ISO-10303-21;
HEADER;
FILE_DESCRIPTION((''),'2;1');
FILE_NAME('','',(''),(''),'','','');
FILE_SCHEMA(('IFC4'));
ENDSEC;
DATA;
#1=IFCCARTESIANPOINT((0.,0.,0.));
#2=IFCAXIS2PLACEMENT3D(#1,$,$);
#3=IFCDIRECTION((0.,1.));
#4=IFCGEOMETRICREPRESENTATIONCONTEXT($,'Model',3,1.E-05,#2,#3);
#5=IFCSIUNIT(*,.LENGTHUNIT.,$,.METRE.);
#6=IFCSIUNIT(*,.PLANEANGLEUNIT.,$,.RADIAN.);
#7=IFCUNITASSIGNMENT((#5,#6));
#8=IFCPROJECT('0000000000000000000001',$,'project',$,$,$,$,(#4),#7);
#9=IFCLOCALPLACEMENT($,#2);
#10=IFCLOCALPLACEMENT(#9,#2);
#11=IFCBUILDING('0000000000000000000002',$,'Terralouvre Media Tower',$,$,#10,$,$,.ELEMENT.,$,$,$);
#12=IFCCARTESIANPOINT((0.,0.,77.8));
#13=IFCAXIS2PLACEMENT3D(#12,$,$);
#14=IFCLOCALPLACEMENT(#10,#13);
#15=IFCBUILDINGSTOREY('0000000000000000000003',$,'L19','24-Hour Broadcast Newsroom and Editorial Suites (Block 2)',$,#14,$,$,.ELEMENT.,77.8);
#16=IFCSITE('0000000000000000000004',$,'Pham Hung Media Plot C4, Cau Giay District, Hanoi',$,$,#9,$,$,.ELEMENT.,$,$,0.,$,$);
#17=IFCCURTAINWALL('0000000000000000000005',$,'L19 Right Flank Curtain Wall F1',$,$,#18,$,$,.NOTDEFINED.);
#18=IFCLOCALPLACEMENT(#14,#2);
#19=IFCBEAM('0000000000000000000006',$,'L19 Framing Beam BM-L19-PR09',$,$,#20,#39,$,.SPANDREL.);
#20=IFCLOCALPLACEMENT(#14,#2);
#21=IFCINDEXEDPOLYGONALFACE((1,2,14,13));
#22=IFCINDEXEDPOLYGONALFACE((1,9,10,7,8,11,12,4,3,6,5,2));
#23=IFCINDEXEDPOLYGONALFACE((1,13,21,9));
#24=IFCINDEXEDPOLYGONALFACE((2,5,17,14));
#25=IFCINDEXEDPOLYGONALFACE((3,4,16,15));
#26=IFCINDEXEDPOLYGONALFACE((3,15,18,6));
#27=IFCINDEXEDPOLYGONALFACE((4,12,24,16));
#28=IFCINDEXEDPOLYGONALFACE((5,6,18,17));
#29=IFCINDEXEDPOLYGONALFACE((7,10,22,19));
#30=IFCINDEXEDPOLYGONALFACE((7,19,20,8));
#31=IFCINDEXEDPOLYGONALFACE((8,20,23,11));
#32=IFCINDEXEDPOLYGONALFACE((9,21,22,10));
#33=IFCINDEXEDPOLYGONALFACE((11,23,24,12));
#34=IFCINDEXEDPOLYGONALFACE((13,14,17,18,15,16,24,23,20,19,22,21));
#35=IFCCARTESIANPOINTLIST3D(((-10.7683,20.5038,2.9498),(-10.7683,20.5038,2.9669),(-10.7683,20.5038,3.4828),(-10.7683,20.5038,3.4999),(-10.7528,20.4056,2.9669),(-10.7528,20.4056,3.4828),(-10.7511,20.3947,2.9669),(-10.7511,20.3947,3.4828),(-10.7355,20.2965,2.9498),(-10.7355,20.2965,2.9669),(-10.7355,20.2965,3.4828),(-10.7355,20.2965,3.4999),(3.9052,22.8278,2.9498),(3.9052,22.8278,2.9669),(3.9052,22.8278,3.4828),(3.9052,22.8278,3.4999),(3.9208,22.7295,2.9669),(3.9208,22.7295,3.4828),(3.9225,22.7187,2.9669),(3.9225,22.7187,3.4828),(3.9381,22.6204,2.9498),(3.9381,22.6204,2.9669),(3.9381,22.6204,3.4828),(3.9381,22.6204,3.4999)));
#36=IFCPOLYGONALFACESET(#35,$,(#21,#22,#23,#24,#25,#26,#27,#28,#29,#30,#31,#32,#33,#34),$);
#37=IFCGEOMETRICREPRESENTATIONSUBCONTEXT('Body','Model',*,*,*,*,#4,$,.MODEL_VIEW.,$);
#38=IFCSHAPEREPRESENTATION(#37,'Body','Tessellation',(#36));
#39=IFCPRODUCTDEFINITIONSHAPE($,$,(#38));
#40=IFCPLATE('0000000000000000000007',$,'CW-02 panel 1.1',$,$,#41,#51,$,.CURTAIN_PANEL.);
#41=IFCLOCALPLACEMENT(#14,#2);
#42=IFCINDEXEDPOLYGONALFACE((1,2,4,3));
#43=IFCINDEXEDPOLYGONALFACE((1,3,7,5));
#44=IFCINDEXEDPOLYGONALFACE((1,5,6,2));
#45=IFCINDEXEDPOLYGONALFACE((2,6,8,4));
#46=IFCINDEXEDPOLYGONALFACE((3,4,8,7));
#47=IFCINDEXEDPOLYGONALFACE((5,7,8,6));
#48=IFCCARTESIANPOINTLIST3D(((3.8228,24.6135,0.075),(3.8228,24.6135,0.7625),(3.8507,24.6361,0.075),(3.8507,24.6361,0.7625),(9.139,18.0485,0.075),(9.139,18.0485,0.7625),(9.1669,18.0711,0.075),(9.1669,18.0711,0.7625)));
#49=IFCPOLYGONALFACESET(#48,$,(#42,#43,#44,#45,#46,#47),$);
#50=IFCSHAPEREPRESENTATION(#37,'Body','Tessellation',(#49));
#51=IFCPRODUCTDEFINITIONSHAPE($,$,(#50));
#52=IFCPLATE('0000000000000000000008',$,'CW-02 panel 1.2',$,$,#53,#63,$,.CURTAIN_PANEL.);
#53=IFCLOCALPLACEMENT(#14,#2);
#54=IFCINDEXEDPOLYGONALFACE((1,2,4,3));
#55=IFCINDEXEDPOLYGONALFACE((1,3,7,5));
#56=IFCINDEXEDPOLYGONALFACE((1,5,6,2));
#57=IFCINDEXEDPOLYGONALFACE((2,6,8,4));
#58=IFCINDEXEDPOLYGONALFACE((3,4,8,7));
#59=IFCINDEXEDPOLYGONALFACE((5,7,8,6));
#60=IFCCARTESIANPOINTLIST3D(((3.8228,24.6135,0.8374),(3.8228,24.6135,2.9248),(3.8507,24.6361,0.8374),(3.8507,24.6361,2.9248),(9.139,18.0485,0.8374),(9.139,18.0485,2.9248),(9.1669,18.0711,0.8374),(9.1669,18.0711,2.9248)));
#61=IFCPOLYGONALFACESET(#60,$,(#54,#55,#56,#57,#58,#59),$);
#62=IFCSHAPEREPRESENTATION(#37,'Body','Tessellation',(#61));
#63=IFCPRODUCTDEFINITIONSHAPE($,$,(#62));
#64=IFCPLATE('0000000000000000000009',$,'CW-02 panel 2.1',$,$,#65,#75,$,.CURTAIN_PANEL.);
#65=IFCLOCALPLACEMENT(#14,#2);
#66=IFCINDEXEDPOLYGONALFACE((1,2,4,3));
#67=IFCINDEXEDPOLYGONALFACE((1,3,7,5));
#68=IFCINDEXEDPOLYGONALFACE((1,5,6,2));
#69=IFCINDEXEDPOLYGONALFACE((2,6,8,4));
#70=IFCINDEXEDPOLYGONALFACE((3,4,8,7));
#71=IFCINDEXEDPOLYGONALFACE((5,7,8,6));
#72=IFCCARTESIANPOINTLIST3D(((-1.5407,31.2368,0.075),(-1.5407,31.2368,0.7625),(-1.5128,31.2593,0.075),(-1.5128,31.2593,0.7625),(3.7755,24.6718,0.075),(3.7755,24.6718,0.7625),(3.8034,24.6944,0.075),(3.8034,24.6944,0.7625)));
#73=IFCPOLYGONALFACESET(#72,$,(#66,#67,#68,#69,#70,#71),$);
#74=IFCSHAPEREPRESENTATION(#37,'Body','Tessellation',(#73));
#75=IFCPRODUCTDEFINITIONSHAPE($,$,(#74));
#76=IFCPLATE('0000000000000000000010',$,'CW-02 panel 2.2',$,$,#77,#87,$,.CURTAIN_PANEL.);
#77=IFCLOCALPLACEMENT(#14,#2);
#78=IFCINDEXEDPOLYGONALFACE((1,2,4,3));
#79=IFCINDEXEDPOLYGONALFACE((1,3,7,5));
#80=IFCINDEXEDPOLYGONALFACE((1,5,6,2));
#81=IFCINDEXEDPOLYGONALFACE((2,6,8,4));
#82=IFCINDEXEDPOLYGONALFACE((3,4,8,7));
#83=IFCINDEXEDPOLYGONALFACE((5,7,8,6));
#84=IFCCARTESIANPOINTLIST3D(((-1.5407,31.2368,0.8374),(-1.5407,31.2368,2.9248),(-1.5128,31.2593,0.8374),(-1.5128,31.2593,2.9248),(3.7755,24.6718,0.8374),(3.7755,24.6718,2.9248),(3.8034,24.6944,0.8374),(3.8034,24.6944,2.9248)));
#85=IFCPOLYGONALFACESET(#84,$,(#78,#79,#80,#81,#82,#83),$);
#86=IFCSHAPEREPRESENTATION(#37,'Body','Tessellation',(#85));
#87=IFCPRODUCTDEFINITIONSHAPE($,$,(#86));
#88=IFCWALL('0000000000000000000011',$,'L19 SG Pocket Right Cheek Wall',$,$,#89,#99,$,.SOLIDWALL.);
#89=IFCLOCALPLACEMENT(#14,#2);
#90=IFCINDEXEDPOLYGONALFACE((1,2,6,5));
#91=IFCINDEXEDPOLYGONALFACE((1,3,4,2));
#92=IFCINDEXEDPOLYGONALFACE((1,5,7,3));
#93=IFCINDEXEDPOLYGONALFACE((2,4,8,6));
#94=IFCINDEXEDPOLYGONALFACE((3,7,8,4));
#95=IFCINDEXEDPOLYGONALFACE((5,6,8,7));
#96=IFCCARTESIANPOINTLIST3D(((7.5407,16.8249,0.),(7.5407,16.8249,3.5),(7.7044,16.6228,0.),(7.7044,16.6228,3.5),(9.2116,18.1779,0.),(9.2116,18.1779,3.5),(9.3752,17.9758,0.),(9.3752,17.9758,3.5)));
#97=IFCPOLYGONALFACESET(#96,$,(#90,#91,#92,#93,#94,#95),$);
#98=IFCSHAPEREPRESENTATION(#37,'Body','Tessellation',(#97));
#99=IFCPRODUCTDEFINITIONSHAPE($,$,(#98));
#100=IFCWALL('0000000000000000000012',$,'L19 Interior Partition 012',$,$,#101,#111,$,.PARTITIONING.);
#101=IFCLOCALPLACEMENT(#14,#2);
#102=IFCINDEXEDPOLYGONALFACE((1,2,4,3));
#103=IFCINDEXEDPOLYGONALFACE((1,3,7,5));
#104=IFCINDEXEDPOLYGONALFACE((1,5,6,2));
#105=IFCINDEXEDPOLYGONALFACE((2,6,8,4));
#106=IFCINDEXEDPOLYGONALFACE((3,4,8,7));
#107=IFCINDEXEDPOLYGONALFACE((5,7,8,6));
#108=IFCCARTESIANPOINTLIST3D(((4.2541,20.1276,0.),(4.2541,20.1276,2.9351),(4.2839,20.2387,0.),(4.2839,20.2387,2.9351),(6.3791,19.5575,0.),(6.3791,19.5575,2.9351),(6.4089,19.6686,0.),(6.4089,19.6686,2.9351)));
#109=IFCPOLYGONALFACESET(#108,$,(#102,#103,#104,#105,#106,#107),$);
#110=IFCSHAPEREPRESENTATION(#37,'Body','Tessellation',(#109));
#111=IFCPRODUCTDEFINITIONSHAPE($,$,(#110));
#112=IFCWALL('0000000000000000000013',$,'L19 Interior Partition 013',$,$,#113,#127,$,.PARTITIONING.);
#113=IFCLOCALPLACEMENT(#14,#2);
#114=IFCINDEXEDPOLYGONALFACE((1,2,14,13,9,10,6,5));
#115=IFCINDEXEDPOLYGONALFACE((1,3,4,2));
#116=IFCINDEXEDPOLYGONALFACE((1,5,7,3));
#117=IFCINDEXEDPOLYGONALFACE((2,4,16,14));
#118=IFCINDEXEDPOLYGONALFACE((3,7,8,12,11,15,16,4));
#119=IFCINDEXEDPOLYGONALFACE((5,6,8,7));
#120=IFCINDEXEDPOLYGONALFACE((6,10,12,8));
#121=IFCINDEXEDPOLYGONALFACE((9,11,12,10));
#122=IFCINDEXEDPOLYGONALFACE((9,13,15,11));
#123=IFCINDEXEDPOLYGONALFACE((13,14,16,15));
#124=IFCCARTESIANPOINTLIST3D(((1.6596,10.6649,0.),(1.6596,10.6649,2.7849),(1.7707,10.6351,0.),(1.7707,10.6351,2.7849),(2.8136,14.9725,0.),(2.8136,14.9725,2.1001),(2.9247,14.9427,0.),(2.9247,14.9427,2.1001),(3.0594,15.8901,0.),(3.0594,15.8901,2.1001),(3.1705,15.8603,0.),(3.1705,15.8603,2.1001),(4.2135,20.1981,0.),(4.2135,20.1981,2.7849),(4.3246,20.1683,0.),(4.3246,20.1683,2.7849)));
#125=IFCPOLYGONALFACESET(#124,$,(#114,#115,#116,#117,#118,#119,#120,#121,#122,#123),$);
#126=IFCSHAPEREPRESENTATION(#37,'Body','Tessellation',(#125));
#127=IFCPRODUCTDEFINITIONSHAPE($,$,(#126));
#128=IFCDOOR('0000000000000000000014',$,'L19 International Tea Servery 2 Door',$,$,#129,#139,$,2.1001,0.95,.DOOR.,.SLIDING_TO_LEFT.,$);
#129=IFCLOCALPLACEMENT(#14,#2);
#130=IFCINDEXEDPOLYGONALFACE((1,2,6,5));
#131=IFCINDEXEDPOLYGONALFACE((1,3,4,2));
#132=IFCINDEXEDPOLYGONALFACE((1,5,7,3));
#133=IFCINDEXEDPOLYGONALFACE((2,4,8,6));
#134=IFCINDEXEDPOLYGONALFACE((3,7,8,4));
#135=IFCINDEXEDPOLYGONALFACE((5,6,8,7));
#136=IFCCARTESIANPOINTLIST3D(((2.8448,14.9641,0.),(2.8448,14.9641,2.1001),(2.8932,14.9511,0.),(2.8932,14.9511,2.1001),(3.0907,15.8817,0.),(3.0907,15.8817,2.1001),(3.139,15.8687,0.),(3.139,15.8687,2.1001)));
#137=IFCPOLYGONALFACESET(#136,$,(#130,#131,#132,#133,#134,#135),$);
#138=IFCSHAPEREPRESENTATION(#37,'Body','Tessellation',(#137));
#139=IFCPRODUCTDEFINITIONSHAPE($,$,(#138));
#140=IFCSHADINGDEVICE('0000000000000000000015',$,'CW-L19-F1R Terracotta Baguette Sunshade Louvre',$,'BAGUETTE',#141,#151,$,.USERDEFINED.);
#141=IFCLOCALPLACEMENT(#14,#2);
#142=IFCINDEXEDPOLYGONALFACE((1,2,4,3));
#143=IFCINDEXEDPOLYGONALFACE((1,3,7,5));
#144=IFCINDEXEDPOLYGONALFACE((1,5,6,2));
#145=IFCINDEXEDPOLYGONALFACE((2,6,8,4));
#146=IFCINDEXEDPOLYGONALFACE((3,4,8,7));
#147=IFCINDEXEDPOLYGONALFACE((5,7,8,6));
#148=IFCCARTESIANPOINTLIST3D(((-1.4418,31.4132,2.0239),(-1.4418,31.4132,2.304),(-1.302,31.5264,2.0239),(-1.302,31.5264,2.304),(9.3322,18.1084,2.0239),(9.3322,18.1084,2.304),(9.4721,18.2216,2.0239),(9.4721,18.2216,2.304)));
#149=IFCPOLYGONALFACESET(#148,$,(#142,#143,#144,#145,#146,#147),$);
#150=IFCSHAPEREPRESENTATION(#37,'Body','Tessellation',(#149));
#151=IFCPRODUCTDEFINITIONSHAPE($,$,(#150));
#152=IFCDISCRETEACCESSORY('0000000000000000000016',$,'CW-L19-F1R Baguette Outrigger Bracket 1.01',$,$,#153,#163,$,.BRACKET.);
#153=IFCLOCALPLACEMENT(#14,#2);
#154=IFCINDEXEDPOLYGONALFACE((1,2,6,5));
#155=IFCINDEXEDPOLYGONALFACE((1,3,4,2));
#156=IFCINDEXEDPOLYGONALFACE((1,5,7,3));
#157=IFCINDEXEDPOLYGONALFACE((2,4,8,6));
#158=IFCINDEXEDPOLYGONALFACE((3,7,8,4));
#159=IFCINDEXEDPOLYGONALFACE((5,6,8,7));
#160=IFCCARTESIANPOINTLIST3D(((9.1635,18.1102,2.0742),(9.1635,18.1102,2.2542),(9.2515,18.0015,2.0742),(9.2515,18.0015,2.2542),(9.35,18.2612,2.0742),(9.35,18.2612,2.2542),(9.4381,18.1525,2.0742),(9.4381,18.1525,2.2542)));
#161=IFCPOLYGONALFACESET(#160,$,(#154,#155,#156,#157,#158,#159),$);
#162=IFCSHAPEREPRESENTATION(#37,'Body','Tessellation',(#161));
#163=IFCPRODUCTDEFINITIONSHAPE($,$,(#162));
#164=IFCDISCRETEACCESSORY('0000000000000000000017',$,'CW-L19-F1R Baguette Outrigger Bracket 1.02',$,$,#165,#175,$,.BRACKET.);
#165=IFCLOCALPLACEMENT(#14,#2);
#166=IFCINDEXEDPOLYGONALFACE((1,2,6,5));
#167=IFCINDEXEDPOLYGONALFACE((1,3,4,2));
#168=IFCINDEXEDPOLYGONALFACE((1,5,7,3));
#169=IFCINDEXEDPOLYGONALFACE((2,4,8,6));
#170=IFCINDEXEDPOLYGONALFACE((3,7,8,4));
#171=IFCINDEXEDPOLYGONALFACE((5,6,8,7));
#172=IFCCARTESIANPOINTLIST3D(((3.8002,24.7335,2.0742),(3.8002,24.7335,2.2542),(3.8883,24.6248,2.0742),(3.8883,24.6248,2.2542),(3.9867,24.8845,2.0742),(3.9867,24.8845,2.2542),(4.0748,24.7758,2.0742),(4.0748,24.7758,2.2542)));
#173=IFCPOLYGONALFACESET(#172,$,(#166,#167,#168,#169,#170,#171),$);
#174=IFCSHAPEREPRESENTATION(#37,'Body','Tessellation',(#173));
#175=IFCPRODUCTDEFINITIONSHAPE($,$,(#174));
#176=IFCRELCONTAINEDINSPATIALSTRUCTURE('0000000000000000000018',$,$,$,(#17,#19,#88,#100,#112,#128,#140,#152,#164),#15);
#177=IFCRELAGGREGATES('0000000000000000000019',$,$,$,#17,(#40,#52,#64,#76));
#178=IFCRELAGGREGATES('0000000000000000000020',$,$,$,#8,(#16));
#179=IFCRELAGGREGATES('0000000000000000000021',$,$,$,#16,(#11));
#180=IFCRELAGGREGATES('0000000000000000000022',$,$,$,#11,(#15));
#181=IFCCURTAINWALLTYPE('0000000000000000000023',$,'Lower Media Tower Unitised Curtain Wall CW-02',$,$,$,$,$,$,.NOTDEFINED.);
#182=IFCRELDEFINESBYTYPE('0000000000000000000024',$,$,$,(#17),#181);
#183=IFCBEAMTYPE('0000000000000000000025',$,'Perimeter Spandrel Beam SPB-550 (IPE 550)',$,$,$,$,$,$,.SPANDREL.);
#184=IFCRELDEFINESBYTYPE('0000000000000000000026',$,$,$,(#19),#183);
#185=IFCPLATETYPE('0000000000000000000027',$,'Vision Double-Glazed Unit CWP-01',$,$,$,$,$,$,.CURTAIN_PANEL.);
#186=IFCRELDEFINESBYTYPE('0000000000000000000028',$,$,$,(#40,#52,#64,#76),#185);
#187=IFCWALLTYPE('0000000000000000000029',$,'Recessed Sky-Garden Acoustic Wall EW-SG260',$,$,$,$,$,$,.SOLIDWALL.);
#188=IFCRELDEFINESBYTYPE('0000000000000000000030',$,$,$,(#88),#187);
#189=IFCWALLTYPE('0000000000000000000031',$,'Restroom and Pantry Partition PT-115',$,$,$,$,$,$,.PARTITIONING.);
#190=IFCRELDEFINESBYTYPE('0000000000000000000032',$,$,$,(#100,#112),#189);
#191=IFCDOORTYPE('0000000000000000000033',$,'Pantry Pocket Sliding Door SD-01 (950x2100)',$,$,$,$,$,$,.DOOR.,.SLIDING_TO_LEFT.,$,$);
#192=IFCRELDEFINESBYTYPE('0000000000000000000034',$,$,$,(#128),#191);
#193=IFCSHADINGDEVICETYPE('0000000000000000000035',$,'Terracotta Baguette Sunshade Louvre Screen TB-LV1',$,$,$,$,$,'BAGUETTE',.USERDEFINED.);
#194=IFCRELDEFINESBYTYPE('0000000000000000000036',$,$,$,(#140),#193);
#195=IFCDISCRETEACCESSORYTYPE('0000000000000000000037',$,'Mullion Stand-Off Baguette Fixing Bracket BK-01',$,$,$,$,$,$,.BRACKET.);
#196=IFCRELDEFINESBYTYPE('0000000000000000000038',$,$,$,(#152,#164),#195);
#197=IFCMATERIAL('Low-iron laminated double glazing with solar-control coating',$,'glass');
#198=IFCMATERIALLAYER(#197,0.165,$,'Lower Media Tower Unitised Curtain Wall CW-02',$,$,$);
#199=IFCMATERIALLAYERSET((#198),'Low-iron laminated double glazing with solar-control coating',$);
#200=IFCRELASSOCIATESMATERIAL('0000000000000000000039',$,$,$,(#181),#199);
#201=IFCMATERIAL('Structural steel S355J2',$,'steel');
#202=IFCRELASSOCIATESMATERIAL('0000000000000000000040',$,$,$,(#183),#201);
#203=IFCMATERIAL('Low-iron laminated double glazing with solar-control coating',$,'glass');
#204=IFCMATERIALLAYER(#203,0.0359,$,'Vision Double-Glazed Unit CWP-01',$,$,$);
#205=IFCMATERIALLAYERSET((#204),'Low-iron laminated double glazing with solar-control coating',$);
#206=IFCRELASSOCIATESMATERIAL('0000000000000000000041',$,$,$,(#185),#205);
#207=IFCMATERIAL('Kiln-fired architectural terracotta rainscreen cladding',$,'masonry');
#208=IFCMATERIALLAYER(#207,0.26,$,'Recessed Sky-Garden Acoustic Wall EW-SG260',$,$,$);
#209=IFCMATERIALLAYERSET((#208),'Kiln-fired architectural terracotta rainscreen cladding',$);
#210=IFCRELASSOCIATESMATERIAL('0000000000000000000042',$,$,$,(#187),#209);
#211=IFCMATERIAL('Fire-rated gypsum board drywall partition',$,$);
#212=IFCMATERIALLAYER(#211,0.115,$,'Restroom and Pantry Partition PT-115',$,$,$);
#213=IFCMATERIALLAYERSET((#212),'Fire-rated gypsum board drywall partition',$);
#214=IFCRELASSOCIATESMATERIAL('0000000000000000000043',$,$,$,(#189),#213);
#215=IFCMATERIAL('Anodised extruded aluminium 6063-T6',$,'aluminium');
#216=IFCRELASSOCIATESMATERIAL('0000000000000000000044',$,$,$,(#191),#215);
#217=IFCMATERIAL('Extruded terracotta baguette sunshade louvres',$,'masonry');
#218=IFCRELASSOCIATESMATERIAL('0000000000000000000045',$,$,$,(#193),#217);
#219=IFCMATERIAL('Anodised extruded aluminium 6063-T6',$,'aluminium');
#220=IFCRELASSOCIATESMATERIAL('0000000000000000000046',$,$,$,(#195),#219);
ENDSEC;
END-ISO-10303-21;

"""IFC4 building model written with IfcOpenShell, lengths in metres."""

from ifc_helpers import new_model, si_unit, direction, frame, frame_2d, origin, origin_2d, place, context, subcontext, project, spatial, rectangle, i_section, extrude, material, layer, layer_set, material_profile, profile_set, type_object, element, fill, aggregate, save


model = new_model("IFC4")

# Units and contexts
model_context = context("Model", 3, precision=1e-05, world=origin(), true_north=direction((0.0, 1.0)))
body_context = subcontext(model_context, "Body", "Model", "MODEL_VIEW")
ifc_project = project(units=[si_unit("LENGTHUNIT", "METRE"), si_unit("PLANEANGLEUNIT", "RADIAN")], contexts=[model_context])

# Site, building, storey
site_placement = place(None, origin())
site = spatial("IfcSite", under=ifc_project, at=site_placement, Name="Pham Hung Media Plot C4, Cau Giay District, Hanoi", CompositionType="ELEMENT", RefElevation=0.0)
building_placement = place(site_placement, origin())
building = spatial("IfcBuilding", under=site, at=building_placement, Name="Terralouvre Media Tower", CompositionType="ELEMENT")
storey_placement = place(building_placement, frame((0.0, 0.0, 77.8)))
storey = spatial("IfcBuildingStorey", under=building, at=storey_placement, Name="L19", Description="24-Hour Broadcast Newsroom and Editorial Suites (Block 2)", CompositionType="ELEMENT", Elevation=77.8)

# Curtain wall
ifc_material_1 = material(Name="Low-iron laminated double glazing with solar-control coating", Category="glass")
ifc_layer_1 = layer(ifc_material_1, 0.165, Name="Lower Media Tower Unitised Curtain Wall CW-02")
ifc_layer_set_1 = layer_set([ifc_layer_1], Name="Low-iron laminated double glazing with solar-control coating")
curtain_wall_type = type_object("IfcCurtainWallType", Name="Lower Media Tower Unitised Curtain Wall CW-02", PredefinedType="NOTDEFINED", material=ifc_layer_set_1)
curtain_wall_placement = place(storey_placement, origin())
curtain_wall = element("IfcCurtainWall", 1, at=curtain_wall_placement, inside=storey, type_object=curtain_wall_type, Name="L19 Right Flank Curtain Wall F1", PredefinedType="NOTDEFINED")

# Beam
ifc_material_2 = material(Name="Structural steel S355J2", Category="steel")
ifc_material_profile_1 = material_profile(ifc_material_2, i_section(OverallWidth=0.21, OverallDepth=0.55, WebThickness=0.011, FlangeThickness=0.0171, at=origin_2d()), Name="IPE 550")
ifc_profile_set_1 = profile_set([ifc_material_profile_1], Name="Structural steel S355J2")
beam_type_1 = type_object("IfcBeamType", Name="Perimeter Spandrel Beam SPB-550 (IPE 550)", PredefinedType="SPANDREL", material=ifc_profile_set_1)
beam_1_placement = place(storey_placement, frame((3.9216, 22.7241, 3.2249), z_axis=(-0.987689, -0.156428, 0.0), x_axis=(0.156428, -0.987689, 0.0)))
element("IfcBeam", 2, at=beam_1_placement, inside=storey, type_object=beam_type_1, Name="L19 Framing Beam BM-L19-PR09", PredefinedType="SPANDREL", context=body_context, shape_type="SweptSolid", body=[
    extrude(i_section(OverallWidth=0.21, OverallDepth=0.55, WebThickness=0.011, FlangeThickness=0.0171, at=origin_2d()), origin(), (0.0, 0.0, 1.0), 14.8564),
])

# Plates
ifc_material_3 = material(Name="Low-iron laminated double glazing with solar-control coating", Category="glass")
ifc_layer_2 = layer(ifc_material_3, 0.0359, Name="Vision Double-Glazed Unit CWP-01")
ifc_layer_set_2 = layer_set([ifc_layer_2], Name="Low-iron laminated double glazing with solar-control coating")
plate_type = type_object("IfcPlateType", Name="Vision Double-Glazed Unit CWP-01", PredefinedType="CURTAIN_PANEL", material=ifc_layer_set_2)
plate_1_placement = place(storey_placement, frame((6.4949, 21.3423, 0.075), z_axis=(0.0, 0.0, 1.0), x_axis=(-0.629321, 0.777146, 0.0)))
plate_1 = element("IfcPlate", 3, at=plate_1_placement, type_object=plate_type, Name="CW-02 panel 1.1", PredefinedType="CURTAIN_PANEL", context=body_context, shape_type="SweptSolid", body=[
    extrude(rectangle(XDim=8.4475, YDim=0.0359, at=origin_2d()), origin(), (0.0, 0.0, 1.0), 0.6875),
])
plate_2_placement = place(storey_placement, frame((6.4949, 21.3423, 0.8374), z_axis=(0.0, 0.0, 1.0), x_axis=(-0.629321, 0.777146, 0.0)))
plate_2 = element("IfcPlate", 4, at=plate_2_placement, type_object=plate_type, Name="CW-02 panel 1.2", PredefinedType="CURTAIN_PANEL", context=body_context, shape_type="SweptSolid", body=[
    extrude(rectangle(XDim=8.4475, YDim=0.0359, at=origin_2d()), origin(), (0.0, 0.0, 1.0), 2.0874),
])
plate_3_placement = place(storey_placement, frame((1.1313, 27.9656, 0.075), z_axis=(0.0, 0.0, 1.0), x_axis=(-0.629321, 0.777146, 0.0)))
plate_3 = element("IfcPlate", 5, at=plate_3_placement, type_object=plate_type, Name="CW-02 panel 2.1", PredefinedType="CURTAIN_PANEL", context=body_context, shape_type="SweptSolid", body=[
    extrude(rectangle(XDim=8.4475, YDim=0.0359, at=origin_2d()), origin(), (0.0, 0.0, 1.0), 0.6875),
])
plate_4_placement = place(storey_placement, frame((1.1313, 27.9656, 0.8374), z_axis=(0.0, 0.0, 1.0), x_axis=(-0.629321, 0.777146, 0.0)))
plate_4 = element("IfcPlate", 6, at=plate_4_placement, type_object=plate_type, Name="CW-02 panel 2.2", PredefinedType="CURTAIN_PANEL", context=body_context, shape_type="SweptSolid", body=[
    extrude(rectangle(XDim=8.4475, YDim=0.0359, at=origin_2d()), origin(), (0.0, 0.0, 1.0), 2.0874),
])
aggregate(curtain_wall, [plate_1, plate_2, plate_3, plate_4])

# Walls
ifc_material_4 = material(Name="Kiln-fired architectural terracotta rainscreen cladding", Category="masonry")
ifc_layer_3 = layer(ifc_material_4, 0.26, Name="Recessed Sky-Garden Acoustic Wall EW-SG260")
ifc_layer_set_3 = layer_set([ifc_layer_3], Name="Kiln-fired architectural terracotta rainscreen cladding")
wall_type_1 = type_object("IfcWallType", Name="Recessed Sky-Garden Acoustic Wall EW-SG260", PredefinedType="SOLIDWALL", material=ifc_layer_set_3)
wall_1_placement = place(storey_placement, frame((7.6226, 16.7239, 0.0), z_axis=(0.0, 0.0, 1.0), x_axis=(0.777155, 0.629309, 0.0)))
element("IfcWall", 7, at=wall_1_placement, inside=storey, type_object=wall_type_1, Name="L19 SG Pocket Right Cheek Wall", PredefinedType="SOLIDWALL", context=body_context, shape_type="SweptSolid", body=[
    extrude(rectangle(XDim=2.1499, YDim=0.26, at=frame_2d((1.075, 0.0))), origin(), (0.0, 0.0, 1.0), 3.5),
])
ifc_material_5 = material(Name="Fire-rated gypsum board drywall partition")
ifc_layer_4 = layer(ifc_material_5, 0.115, Name="Restroom and Pantry Partition PT-115")
ifc_layer_set_4 = layer_set([ifc_layer_4], Name="Fire-rated gypsum board drywall partition")
wall_type_2 = type_object("IfcWallType", Name="Restroom and Pantry Partition PT-115", PredefinedType="PARTITIONING", material=ifc_layer_set_4)
wall_2_placement = place(storey_placement, frame((6.394, 19.613, 0.0), z_axis=(0.0, 0.0, 1.0), x_axis=(-0.965849, 0.259106, 0.0)))
element("IfcWall", 8, at=wall_2_placement, inside=storey, type_object=wall_type_2, Name="L19 Interior Partition 012", PredefinedType="PARTITIONING", context=body_context, shape_type="SweptSolid", body=[
    extrude(rectangle(XDim=2.2002, YDim=0.115, at=frame_2d((1.1001, 0.0))), origin(), (0.0, 0.0, 1.0), 2.9351),
])

# Wall, opening, door
wall_3_placement = place(storey_placement, frame((4.269, 20.1831, 0.0), z_axis=(0.0, 0.0, 1.0), x_axis=(-0.258776, -0.965937, 0.0)))
wall_3 = element("IfcWall", 9, at=wall_3_placement, inside=storey, type_object=wall_type_2, Name="L19 Interior Partition 013", PredefinedType="PARTITIONING", context=body_context, shape_type="SweptSolid", body=[
    extrude(rectangle(XDim=9.8694, YDim=0.115, at=frame_2d((4.9346, 0.0))), origin(), (0.0, 0.0, 1.0), 2.7849),
])
opening_placement = place(wall_3_placement, frame((4.4597, 0.0, 0.0)))
opening = element("IfcOpeningElement", 10, at=opening_placement, cuts=wall_3, PredefinedType="OPENING", context=body_context, shape_type="SweptSolid", body=[
    extrude(rectangle(XDim=0.95, YDim=2.1001, at=frame_2d((0.4751, 1.05))), frame((0.0, 0.0674, 0.0), z_axis=(0.0, -1.0, 0.0), x_axis=(1.0, 0.0, 0.0)), (0.0, 0.0, 1.0), 0.135),
])
ifc_material_6 = material(Name="Anodised extruded aluminium 6063-T6", Category="aluminium")
door_type = type_object("IfcDoorType", Name="Pantry Pocket Sliding Door SD-01 (950x2100)", OperationType="SLIDING_TO_LEFT", PredefinedType="DOOR", material=ifc_material_6)
door_placement = place(opening_placement, origin())
door = element("IfcDoor", 11, at=door_placement, inside=storey, type_object=door_type, Name="L19 International Tea Servery 2 Door", OperationType="SLIDING_TO_LEFT", OverallHeight=2.1001, OverallWidth=0.95, PredefinedType="DOOR", context=body_context, shape_type="SweptSolid", body=[
    extrude(rectangle(XDim=0.95, YDim=2.1001, at=frame_2d((0.4751, 1.05))), frame((0.0, 0.0249, 0.0), z_axis=(0.0, -1.0, 0.0), x_axis=(1.0, 0.0, 0.0)), (0.0, 0.0, 1.0), 0.05),
])
fill(opening, door)

# Shading device
ifc_material_7 = material(Name="Extruded terracotta baguette sunshade louvres", Category="masonry")
shading_device_type = type_object("IfcShadingDeviceType", Name="Terracotta Baguette Sunshade Louvre Screen TB-LV1", ElementType="BAGUETTE", PredefinedType="USERDEFINED", material=ifc_material_7)
shading_device_placement = place(storey_placement, frame((4.0151, 24.8174, 2.0239), z_axis=(0.0, 0.0, 1.0), x_axis=(-0.629321, 0.777146, 0.0)))
element("IfcShadingDevice", 12, at=shading_device_placement, inside=storey, type_object=shading_device_type, Name="CW-L19-F1R Terracotta Baguette Sunshade Louvre", ObjectType="BAGUETTE", PredefinedType="USERDEFINED", context=body_context, shape_type="SweptSolid", body=[
    extrude(rectangle(XDim=17.1201, YDim=0.1799, at=origin_2d()), origin(), (0.0, 0.0, 1.0), 0.28),
])

# Discrete accessories
ifc_material_8 = material(Name="Anodised extruded aluminium 6063-T6", Category="aluminium")
discrete_accessory_type_1 = type_object("IfcDiscreteAccessoryType", Name="Mullion Stand-Off Baguette Fixing Bracket BK-01", PredefinedType="BRACKET", material=ifc_material_8)
for number, where, z_axis, x_axis, name in (
    (13, (9.3008, 18.1313, 2.0742), (0.0, 0.0, 1.0), (-0.629321, 0.777146, 0.0), "CW-L19-F1R Baguette Outrigger Bracket 1.01"),
    (14, (3.9375, 24.7546, 2.0742), (0.0, 0.0, 1.0), (-0.629321, 0.777146, 0.0), "CW-L19-F1R Baguette Outrigger Bracket 1.02"),
):
    element("IfcDiscreteAccessory", number, at=place(storey_placement, frame(where, z_axis=z_axis, x_axis=x_axis)), inside=storey, type_object=discrete_accessory_type_1, Name=name, PredefinedType="BRACKET", context=body_context, shape_type="SweptSolid", body=[
        extrude(rectangle(XDim=0.1399, YDim=0.24, at=origin_2d()), origin(), (0.0, 0.0, 1.0), 0.1799),
    ])

save(model, "model.ifc")
